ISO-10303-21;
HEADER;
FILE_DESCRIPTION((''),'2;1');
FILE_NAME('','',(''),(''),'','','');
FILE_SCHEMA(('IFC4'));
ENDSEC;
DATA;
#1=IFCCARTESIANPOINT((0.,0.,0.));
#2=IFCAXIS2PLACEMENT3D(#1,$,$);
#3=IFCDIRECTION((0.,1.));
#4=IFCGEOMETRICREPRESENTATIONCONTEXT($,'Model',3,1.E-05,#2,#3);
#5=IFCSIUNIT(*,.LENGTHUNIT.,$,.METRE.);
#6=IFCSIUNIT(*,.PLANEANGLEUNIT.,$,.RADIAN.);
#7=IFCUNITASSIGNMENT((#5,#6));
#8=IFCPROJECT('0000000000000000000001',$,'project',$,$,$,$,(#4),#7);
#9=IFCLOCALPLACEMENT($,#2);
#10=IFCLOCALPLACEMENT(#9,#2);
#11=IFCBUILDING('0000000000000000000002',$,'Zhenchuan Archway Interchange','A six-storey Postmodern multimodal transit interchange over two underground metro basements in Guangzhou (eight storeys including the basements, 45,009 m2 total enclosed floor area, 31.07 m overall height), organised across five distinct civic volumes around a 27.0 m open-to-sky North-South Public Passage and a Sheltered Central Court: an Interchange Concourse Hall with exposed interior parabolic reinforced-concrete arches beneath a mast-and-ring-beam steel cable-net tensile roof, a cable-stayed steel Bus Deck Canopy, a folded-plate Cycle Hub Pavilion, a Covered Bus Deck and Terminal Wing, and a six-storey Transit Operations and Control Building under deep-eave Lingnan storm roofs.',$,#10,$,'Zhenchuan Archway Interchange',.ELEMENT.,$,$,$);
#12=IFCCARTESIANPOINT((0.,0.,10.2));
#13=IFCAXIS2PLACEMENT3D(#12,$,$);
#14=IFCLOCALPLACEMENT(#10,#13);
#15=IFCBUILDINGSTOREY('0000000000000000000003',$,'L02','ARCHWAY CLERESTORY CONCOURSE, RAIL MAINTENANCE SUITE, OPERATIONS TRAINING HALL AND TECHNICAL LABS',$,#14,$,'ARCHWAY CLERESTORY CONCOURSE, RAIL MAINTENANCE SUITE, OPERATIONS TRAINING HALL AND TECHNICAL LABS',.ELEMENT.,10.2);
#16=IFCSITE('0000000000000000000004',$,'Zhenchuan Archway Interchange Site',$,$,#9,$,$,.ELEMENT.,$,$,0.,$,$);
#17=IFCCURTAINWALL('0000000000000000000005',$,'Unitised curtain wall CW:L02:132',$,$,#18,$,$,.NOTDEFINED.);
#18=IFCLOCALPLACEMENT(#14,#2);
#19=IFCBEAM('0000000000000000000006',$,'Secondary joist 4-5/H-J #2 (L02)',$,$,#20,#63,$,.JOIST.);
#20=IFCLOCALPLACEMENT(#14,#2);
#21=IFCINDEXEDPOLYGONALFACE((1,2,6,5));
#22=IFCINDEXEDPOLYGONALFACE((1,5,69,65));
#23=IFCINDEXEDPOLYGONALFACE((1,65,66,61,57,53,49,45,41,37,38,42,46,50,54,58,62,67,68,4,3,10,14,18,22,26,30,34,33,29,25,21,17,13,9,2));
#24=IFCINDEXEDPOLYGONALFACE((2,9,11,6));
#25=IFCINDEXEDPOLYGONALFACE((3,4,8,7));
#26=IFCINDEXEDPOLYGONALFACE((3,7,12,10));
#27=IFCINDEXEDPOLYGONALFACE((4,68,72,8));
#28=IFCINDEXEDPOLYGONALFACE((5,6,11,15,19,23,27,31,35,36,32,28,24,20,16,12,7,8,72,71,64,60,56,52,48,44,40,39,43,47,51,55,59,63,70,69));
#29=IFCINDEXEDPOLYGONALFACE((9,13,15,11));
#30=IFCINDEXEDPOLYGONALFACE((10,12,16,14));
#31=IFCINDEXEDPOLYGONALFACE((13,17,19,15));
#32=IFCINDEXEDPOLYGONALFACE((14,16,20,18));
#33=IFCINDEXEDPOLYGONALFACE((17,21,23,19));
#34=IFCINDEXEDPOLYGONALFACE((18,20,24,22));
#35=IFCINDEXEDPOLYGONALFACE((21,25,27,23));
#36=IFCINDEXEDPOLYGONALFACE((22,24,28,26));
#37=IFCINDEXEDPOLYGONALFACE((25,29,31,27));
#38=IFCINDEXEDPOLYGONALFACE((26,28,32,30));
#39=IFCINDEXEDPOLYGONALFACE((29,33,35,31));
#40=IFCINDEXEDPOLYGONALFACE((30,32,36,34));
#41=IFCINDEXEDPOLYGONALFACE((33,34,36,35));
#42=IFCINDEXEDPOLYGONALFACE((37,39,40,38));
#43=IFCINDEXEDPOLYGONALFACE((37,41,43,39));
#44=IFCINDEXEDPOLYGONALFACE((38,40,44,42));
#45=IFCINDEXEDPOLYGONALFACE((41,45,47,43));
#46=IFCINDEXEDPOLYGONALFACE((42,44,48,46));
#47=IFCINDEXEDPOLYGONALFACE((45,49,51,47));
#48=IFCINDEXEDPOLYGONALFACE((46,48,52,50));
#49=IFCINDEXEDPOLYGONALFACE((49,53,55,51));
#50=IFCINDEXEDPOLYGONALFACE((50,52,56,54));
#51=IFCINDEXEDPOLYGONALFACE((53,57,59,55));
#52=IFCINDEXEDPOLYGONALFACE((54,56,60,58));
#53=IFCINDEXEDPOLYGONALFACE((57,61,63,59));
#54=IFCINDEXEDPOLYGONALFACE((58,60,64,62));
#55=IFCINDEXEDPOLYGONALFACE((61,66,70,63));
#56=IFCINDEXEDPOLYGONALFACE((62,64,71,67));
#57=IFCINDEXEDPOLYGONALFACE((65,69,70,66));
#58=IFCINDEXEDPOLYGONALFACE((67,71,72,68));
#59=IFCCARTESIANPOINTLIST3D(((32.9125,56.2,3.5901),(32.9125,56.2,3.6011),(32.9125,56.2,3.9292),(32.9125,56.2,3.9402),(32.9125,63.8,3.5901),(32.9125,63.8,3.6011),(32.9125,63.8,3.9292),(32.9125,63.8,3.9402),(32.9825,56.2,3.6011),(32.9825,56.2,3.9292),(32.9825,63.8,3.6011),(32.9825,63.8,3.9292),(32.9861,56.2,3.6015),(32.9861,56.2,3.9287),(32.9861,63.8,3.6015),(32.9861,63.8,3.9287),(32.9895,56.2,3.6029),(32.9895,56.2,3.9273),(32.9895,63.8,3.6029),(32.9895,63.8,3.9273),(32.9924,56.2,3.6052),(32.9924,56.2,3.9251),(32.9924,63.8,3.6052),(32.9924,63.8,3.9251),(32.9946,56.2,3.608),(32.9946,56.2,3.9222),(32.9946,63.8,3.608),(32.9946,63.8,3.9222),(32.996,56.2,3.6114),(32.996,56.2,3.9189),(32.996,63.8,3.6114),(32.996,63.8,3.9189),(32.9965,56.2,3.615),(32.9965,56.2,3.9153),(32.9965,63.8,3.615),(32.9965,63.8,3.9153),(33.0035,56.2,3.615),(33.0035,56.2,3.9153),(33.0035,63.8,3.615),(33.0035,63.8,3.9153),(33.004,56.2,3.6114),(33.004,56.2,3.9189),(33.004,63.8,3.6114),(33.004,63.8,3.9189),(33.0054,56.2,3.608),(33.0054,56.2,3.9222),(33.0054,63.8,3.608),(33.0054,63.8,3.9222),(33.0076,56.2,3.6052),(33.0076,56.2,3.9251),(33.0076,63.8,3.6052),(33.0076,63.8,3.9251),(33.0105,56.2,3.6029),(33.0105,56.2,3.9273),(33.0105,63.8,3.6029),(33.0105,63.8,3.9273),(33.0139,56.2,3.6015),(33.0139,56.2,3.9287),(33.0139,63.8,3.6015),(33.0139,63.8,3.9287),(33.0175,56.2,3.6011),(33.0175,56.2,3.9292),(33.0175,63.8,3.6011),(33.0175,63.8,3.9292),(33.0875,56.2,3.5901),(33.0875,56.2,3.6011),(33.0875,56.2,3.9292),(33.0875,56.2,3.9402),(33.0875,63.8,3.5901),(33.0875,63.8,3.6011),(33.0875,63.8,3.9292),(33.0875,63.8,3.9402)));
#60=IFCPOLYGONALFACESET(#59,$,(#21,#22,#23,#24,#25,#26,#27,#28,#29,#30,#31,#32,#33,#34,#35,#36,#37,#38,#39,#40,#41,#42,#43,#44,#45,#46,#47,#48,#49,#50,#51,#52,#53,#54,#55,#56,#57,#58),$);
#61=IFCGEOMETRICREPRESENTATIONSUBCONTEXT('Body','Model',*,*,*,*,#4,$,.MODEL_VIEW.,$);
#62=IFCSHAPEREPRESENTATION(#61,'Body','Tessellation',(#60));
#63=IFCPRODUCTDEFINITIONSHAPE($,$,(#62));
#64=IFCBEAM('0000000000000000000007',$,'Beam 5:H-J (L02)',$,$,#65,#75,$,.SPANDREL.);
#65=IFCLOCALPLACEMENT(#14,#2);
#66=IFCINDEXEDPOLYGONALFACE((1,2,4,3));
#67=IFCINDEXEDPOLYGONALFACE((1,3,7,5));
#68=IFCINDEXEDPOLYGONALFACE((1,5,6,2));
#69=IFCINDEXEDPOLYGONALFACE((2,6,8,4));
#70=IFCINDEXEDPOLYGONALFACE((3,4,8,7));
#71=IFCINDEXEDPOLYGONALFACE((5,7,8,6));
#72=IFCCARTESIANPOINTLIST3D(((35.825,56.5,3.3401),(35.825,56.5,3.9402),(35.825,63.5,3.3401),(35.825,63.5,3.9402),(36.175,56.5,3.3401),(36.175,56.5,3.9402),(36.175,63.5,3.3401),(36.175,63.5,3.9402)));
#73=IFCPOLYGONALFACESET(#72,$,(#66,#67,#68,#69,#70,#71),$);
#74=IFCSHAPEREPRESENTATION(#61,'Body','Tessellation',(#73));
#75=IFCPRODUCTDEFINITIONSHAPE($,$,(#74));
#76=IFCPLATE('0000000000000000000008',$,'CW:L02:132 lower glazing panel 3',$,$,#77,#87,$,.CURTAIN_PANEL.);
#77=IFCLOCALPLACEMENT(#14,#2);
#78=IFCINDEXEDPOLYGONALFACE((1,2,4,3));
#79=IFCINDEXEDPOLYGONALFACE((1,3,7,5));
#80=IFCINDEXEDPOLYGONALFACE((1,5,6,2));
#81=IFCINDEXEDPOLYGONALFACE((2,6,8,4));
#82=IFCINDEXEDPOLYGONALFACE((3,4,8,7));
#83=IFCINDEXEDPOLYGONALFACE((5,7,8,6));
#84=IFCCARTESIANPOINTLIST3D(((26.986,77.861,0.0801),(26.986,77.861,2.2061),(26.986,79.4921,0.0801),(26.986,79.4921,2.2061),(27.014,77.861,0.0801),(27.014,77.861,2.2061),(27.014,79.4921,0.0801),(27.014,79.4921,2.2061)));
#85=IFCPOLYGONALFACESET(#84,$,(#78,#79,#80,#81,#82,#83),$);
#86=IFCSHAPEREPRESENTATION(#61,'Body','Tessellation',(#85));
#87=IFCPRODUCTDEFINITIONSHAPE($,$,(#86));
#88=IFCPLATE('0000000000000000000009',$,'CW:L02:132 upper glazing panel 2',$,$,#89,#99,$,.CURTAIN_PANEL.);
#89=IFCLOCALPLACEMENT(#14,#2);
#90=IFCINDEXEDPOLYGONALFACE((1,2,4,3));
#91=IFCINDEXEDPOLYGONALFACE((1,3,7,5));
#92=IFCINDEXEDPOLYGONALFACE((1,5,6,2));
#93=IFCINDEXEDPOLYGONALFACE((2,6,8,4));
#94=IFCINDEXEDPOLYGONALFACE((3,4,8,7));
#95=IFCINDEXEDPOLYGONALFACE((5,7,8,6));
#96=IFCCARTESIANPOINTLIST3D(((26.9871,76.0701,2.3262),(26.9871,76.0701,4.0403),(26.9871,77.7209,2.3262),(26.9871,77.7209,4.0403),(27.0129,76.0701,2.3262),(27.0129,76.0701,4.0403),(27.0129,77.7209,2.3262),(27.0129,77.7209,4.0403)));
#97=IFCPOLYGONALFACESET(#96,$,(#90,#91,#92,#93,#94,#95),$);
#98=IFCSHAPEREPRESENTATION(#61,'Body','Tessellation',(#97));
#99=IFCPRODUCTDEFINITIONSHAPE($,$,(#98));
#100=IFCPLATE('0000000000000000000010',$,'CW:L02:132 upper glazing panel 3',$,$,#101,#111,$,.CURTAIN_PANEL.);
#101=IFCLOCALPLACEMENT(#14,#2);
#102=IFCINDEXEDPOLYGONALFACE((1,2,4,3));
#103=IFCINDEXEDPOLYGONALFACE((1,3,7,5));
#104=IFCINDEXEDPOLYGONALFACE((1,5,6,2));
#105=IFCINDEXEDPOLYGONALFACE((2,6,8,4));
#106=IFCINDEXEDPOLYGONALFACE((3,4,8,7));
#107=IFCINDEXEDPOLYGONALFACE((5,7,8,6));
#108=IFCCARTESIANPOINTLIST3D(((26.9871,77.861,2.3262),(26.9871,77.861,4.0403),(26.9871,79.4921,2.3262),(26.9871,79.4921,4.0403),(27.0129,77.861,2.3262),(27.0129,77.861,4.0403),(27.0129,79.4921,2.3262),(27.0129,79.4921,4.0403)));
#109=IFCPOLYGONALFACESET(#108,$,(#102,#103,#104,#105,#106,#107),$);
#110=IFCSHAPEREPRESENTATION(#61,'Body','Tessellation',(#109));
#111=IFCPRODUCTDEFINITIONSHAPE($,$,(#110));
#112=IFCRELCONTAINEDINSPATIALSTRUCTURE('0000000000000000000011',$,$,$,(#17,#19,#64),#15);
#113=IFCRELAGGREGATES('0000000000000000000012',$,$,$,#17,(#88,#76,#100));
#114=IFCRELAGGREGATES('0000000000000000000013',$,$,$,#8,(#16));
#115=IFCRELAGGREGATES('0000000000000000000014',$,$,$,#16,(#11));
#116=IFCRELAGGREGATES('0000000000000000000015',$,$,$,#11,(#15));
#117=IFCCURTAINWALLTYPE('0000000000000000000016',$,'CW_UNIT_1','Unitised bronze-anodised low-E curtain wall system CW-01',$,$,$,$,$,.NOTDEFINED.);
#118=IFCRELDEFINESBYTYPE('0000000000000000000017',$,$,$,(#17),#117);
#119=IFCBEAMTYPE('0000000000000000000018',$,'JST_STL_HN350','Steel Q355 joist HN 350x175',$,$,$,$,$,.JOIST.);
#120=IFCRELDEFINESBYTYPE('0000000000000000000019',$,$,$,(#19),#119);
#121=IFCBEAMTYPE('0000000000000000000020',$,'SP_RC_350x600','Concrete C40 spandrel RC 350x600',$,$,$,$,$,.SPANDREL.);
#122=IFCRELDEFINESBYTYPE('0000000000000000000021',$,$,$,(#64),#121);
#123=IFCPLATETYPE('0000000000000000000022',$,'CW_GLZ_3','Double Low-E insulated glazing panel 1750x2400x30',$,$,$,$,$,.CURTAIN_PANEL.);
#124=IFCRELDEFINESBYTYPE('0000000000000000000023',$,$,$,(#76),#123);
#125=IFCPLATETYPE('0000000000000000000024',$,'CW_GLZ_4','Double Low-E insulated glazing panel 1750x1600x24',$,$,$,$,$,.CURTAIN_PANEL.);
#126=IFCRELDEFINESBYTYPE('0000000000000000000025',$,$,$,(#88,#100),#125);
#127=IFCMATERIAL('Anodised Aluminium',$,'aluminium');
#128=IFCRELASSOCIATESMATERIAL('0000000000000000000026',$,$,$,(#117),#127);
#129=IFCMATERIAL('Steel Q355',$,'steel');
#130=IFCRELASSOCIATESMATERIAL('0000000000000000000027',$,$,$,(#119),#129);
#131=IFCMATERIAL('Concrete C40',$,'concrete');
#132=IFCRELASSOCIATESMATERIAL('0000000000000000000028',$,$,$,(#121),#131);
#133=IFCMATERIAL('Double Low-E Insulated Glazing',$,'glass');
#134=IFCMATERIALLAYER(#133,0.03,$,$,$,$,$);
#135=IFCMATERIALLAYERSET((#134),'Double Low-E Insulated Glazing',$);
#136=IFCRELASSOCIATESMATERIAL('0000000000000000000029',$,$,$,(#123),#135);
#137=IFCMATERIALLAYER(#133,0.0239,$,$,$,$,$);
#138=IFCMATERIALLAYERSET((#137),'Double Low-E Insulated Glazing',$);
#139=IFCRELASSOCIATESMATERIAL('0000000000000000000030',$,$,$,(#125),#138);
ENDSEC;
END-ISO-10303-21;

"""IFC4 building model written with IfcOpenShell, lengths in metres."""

from ifc_helpers import new_model, si_unit, direction, frame, origin, origin_2d, place, context, subcontext, project, spatial, rectangle, i_section, extrude, material, layer, layer_set, material_profile, profile_set, type_object, element, aggregate, save


model = new_model("IFC4")

# Units and contexts
model_context = context("Model", 3, precision=1e-05, world=origin(), true_north=direction((0.0, 1.0)))
body_context = subcontext(model_context, "Body", "Model", "MODEL_VIEW")
ifc_project = project(units=[si_unit("LENGTHUNIT", "METRE"), si_unit("PLANEANGLEUNIT", "RADIAN")], contexts=[model_context])

# Site, building, storey
site_placement = place(None, origin())
site = spatial("IfcSite", under=ifc_project, at=site_placement, Name="Zhenchuan Archway Interchange Site", CompositionType="ELEMENT", RefElevation=0.0)
building_placement = place(site_placement, origin())
building = spatial("IfcBuilding", under=site, at=building_placement, Name="Zhenchuan Archway Interchange", Description="A six-storey Postmodern multimodal transit interchange over two underground metro basements in Guangzhou (eight storeys including the basements, 45,009 m2 total enclosed floor area, 31.07 m overall height), organised across five distinct civic volumes around a 27.0 m open-to-sky North-South Public Passage and a Sheltered Central Court: an Interchange Concourse Hall with exposed interior parabolic reinforced-concrete arches beneath a mast-and-ring-beam steel cable-net tensile roof, a cable-stayed steel Bus Deck Canopy, a folded-plate Cycle Hub Pavilion, a Covered Bus Deck and Terminal Wing, and a six-storey Transit Operations and Control Building under deep-eave Lingnan storm roofs.", LongName="Zhenchuan Archway Interchange", CompositionType="ELEMENT")
storey_placement = place(building_placement, frame((0.0, 0.0, 10.2)))
storey = spatial("IfcBuildingStorey", under=building, at=storey_placement, Name="L02", Description="ARCHWAY CLERESTORY CONCOURSE, RAIL MAINTENANCE SUITE, OPERATIONS TRAINING HALL AND TECHNICAL LABS", LongName="ARCHWAY CLERESTORY CONCOURSE, RAIL MAINTENANCE SUITE, OPERATIONS TRAINING HALL AND TECHNICAL LABS", CompositionType="ELEMENT", Elevation=10.2)

# Shared definitions
ifc_material_1 = material(Name="Concrete C40", Category="concrete")

# Curtain wall
ifc_material_2 = material(Name="Anodised Aluminium", Category="aluminium")
curtain_wall_type = type_object("IfcCurtainWallType", Name="CW_UNIT_1", Description="Unitised bronze-anodised low-E curtain wall system CW-01", PredefinedType="NOTDEFINED", material=ifc_material_2)
curtain_wall_placement = place(storey_placement, origin())
curtain_wall = element("IfcCurtainWall", 1, at=curtain_wall_placement, inside=storey, type_object=curtain_wall_type, Name="Unitised curtain wall CW:L02:132", PredefinedType="NOTDEFINED")

# Beams
ifc_material_3 = material(Name="Steel Q355", Category="steel")
ifc_material_profile_1 = material_profile(ifc_material_3, i_section(OverallWidth=0.175, OverallDepth=0.3501, WebThickness=0.0071, FlangeThickness=0.011, FilletRadius=0.0139, at=origin_2d()), Name="HN 350x175")
ifc_profile_set_1 = profile_set([ifc_material_profile_1], Name="Steel Q355")
beam_type_1 = type_object("IfcBeamType", Name="JST_STL_HN350", Description="Steel Q355 joist HN 350x175", PredefinedType="JOIST", material=ifc_profile_set_1)
for number, where, z_axis, x_axis, name in (
    (2, (33.0, 56.2, 3.7651), (0.0, 1.0, 0.0), (-1.0, 0.0, 0.0), "Secondary joist 4-5/H-J #2 (L02)"),
):
    element("IfcBeam", number, at=place(storey_placement, frame(where, z_axis=z_axis, x_axis=x_axis)), inside=storey, type_object=beam_type_1, Name=name, PredefinedType="JOIST", context=body_context, shape_type="SweptSolid", body=[
        extrude(i_section(OverallWidth=0.175, OverallDepth=0.3501, WebThickness=0.0071, FlangeThickness=0.011, FilletRadius=0.0139, at=origin_2d()), origin(), (0.0, 0.0, 1.0), 7.6001),
    ])
ifc_material_profile_2 = material_profile(ifc_material_1, rectangle(XDim=0.3501, YDim=0.6001, at=origin_2d()), Name="RC 350x600")
ifc_profile_set_2 = profile_set([ifc_material_profile_2], Name="Concrete C40")
beam_type_2 = type_object("IfcBeamType", Name="SP_RC_350x600", Description="Concrete C40 spandrel RC 350x600", PredefinedType="SPANDREL", material=ifc_profile_set_2)
beam_1_placement = place(storey_placement, frame((36.0, 56.5, 3.6401), z_axis=(0.0, 1.0, 0.0), x_axis=(-1.0, 0.0, 0.0)))
element("IfcBeam", 3, at=beam_1_placement, inside=storey, type_object=beam_type_2, Name="Beam 5:H-J (L02)", PredefinedType="SPANDREL", context=body_context, shape_type="SweptSolid", body=[
    extrude(rectangle(XDim=0.3501, YDim=0.6001, at=origin_2d()), origin(), (0.0, 0.0, 1.0), 7.0),
])

# Plates
ifc_material_4 = material(Name="Double Low-E Insulated Glazing", Category="glass")
ifc_layer_1 = layer(ifc_material_4, 0.03)
ifc_layer_set_1 = layer_set([ifc_layer_1], Name="Double Low-E Insulated Glazing")
plate_type_1 = type_object("IfcPlateType", Name="CW_GLZ_3", Description="Double Low-E insulated glazing panel 1750x2400x30", PredefinedType="CURTAIN_PANEL", material=ifc_layer_set_1)
plate_1_placement = place(storey_placement, frame((27.0, 78.6765, 0.0801), z_axis=(0.0, 0.0, 1.0), x_axis=(0.0, 1.0, 0.0)))
plate_1 = element("IfcPlate", 4, at=plate_1_placement, type_object=plate_type_1, Name="CW:L02:132 lower glazing panel 3", PredefinedType="CURTAIN_PANEL", context=body_context, shape_type="SweptSolid", body=[
    extrude(rectangle(XDim=1.6311, YDim=0.0281, at=origin_2d()), origin(), (0.0, 0.0, 1.0), 2.126),
])
ifc_layer_2 = layer(ifc_material_4, 0.0239)
ifc_layer_set_2 = layer_set([ifc_layer_2], Name="Double Low-E Insulated Glazing")
plate_type_2 = type_object("IfcPlateType", Name="CW_GLZ_4", Description="Double Low-E insulated glazing panel 1750x1600x24", PredefinedType="CURTAIN_PANEL", material=ifc_layer_set_2)
plate_2_placement = place(storey_placement, frame((27.0, 76.8955, 2.3262), z_axis=(0.0, 0.0, 1.0), x_axis=(0.0, 1.0, 0.0)))
plate_2 = element("IfcPlate", 5, at=plate_2_placement, type_object=plate_type_2, Name="CW:L02:132 upper glazing panel 2", PredefinedType="CURTAIN_PANEL", context=body_context, shape_type="SweptSolid", body=[
    extrude(rectangle(XDim=1.6509, YDim=0.0259, at=origin_2d()), origin(), (0.0, 0.0, 1.0), 1.7141),
])
plate_3_placement = place(storey_placement, frame((27.0, 78.6765, 2.3262), z_axis=(0.0, 0.0, 1.0), x_axis=(0.0, 1.0, 0.0)))
plate_3 = element("IfcPlate", 6, at=plate_3_placement, type_object=plate_type_2, Name="CW:L02:132 upper glazing panel 3", PredefinedType="CURTAIN_PANEL", context=body_context, shape_type="SweptSolid", body=[
    extrude(rectangle(XDim=1.6311, YDim=0.0259, at=origin_2d()), origin(), (0.0, 0.0, 1.0), 1.7141),
])
aggregate(curtain_wall, [plate_2, plate_1, plate_3])

save(model, "model.ifc")
